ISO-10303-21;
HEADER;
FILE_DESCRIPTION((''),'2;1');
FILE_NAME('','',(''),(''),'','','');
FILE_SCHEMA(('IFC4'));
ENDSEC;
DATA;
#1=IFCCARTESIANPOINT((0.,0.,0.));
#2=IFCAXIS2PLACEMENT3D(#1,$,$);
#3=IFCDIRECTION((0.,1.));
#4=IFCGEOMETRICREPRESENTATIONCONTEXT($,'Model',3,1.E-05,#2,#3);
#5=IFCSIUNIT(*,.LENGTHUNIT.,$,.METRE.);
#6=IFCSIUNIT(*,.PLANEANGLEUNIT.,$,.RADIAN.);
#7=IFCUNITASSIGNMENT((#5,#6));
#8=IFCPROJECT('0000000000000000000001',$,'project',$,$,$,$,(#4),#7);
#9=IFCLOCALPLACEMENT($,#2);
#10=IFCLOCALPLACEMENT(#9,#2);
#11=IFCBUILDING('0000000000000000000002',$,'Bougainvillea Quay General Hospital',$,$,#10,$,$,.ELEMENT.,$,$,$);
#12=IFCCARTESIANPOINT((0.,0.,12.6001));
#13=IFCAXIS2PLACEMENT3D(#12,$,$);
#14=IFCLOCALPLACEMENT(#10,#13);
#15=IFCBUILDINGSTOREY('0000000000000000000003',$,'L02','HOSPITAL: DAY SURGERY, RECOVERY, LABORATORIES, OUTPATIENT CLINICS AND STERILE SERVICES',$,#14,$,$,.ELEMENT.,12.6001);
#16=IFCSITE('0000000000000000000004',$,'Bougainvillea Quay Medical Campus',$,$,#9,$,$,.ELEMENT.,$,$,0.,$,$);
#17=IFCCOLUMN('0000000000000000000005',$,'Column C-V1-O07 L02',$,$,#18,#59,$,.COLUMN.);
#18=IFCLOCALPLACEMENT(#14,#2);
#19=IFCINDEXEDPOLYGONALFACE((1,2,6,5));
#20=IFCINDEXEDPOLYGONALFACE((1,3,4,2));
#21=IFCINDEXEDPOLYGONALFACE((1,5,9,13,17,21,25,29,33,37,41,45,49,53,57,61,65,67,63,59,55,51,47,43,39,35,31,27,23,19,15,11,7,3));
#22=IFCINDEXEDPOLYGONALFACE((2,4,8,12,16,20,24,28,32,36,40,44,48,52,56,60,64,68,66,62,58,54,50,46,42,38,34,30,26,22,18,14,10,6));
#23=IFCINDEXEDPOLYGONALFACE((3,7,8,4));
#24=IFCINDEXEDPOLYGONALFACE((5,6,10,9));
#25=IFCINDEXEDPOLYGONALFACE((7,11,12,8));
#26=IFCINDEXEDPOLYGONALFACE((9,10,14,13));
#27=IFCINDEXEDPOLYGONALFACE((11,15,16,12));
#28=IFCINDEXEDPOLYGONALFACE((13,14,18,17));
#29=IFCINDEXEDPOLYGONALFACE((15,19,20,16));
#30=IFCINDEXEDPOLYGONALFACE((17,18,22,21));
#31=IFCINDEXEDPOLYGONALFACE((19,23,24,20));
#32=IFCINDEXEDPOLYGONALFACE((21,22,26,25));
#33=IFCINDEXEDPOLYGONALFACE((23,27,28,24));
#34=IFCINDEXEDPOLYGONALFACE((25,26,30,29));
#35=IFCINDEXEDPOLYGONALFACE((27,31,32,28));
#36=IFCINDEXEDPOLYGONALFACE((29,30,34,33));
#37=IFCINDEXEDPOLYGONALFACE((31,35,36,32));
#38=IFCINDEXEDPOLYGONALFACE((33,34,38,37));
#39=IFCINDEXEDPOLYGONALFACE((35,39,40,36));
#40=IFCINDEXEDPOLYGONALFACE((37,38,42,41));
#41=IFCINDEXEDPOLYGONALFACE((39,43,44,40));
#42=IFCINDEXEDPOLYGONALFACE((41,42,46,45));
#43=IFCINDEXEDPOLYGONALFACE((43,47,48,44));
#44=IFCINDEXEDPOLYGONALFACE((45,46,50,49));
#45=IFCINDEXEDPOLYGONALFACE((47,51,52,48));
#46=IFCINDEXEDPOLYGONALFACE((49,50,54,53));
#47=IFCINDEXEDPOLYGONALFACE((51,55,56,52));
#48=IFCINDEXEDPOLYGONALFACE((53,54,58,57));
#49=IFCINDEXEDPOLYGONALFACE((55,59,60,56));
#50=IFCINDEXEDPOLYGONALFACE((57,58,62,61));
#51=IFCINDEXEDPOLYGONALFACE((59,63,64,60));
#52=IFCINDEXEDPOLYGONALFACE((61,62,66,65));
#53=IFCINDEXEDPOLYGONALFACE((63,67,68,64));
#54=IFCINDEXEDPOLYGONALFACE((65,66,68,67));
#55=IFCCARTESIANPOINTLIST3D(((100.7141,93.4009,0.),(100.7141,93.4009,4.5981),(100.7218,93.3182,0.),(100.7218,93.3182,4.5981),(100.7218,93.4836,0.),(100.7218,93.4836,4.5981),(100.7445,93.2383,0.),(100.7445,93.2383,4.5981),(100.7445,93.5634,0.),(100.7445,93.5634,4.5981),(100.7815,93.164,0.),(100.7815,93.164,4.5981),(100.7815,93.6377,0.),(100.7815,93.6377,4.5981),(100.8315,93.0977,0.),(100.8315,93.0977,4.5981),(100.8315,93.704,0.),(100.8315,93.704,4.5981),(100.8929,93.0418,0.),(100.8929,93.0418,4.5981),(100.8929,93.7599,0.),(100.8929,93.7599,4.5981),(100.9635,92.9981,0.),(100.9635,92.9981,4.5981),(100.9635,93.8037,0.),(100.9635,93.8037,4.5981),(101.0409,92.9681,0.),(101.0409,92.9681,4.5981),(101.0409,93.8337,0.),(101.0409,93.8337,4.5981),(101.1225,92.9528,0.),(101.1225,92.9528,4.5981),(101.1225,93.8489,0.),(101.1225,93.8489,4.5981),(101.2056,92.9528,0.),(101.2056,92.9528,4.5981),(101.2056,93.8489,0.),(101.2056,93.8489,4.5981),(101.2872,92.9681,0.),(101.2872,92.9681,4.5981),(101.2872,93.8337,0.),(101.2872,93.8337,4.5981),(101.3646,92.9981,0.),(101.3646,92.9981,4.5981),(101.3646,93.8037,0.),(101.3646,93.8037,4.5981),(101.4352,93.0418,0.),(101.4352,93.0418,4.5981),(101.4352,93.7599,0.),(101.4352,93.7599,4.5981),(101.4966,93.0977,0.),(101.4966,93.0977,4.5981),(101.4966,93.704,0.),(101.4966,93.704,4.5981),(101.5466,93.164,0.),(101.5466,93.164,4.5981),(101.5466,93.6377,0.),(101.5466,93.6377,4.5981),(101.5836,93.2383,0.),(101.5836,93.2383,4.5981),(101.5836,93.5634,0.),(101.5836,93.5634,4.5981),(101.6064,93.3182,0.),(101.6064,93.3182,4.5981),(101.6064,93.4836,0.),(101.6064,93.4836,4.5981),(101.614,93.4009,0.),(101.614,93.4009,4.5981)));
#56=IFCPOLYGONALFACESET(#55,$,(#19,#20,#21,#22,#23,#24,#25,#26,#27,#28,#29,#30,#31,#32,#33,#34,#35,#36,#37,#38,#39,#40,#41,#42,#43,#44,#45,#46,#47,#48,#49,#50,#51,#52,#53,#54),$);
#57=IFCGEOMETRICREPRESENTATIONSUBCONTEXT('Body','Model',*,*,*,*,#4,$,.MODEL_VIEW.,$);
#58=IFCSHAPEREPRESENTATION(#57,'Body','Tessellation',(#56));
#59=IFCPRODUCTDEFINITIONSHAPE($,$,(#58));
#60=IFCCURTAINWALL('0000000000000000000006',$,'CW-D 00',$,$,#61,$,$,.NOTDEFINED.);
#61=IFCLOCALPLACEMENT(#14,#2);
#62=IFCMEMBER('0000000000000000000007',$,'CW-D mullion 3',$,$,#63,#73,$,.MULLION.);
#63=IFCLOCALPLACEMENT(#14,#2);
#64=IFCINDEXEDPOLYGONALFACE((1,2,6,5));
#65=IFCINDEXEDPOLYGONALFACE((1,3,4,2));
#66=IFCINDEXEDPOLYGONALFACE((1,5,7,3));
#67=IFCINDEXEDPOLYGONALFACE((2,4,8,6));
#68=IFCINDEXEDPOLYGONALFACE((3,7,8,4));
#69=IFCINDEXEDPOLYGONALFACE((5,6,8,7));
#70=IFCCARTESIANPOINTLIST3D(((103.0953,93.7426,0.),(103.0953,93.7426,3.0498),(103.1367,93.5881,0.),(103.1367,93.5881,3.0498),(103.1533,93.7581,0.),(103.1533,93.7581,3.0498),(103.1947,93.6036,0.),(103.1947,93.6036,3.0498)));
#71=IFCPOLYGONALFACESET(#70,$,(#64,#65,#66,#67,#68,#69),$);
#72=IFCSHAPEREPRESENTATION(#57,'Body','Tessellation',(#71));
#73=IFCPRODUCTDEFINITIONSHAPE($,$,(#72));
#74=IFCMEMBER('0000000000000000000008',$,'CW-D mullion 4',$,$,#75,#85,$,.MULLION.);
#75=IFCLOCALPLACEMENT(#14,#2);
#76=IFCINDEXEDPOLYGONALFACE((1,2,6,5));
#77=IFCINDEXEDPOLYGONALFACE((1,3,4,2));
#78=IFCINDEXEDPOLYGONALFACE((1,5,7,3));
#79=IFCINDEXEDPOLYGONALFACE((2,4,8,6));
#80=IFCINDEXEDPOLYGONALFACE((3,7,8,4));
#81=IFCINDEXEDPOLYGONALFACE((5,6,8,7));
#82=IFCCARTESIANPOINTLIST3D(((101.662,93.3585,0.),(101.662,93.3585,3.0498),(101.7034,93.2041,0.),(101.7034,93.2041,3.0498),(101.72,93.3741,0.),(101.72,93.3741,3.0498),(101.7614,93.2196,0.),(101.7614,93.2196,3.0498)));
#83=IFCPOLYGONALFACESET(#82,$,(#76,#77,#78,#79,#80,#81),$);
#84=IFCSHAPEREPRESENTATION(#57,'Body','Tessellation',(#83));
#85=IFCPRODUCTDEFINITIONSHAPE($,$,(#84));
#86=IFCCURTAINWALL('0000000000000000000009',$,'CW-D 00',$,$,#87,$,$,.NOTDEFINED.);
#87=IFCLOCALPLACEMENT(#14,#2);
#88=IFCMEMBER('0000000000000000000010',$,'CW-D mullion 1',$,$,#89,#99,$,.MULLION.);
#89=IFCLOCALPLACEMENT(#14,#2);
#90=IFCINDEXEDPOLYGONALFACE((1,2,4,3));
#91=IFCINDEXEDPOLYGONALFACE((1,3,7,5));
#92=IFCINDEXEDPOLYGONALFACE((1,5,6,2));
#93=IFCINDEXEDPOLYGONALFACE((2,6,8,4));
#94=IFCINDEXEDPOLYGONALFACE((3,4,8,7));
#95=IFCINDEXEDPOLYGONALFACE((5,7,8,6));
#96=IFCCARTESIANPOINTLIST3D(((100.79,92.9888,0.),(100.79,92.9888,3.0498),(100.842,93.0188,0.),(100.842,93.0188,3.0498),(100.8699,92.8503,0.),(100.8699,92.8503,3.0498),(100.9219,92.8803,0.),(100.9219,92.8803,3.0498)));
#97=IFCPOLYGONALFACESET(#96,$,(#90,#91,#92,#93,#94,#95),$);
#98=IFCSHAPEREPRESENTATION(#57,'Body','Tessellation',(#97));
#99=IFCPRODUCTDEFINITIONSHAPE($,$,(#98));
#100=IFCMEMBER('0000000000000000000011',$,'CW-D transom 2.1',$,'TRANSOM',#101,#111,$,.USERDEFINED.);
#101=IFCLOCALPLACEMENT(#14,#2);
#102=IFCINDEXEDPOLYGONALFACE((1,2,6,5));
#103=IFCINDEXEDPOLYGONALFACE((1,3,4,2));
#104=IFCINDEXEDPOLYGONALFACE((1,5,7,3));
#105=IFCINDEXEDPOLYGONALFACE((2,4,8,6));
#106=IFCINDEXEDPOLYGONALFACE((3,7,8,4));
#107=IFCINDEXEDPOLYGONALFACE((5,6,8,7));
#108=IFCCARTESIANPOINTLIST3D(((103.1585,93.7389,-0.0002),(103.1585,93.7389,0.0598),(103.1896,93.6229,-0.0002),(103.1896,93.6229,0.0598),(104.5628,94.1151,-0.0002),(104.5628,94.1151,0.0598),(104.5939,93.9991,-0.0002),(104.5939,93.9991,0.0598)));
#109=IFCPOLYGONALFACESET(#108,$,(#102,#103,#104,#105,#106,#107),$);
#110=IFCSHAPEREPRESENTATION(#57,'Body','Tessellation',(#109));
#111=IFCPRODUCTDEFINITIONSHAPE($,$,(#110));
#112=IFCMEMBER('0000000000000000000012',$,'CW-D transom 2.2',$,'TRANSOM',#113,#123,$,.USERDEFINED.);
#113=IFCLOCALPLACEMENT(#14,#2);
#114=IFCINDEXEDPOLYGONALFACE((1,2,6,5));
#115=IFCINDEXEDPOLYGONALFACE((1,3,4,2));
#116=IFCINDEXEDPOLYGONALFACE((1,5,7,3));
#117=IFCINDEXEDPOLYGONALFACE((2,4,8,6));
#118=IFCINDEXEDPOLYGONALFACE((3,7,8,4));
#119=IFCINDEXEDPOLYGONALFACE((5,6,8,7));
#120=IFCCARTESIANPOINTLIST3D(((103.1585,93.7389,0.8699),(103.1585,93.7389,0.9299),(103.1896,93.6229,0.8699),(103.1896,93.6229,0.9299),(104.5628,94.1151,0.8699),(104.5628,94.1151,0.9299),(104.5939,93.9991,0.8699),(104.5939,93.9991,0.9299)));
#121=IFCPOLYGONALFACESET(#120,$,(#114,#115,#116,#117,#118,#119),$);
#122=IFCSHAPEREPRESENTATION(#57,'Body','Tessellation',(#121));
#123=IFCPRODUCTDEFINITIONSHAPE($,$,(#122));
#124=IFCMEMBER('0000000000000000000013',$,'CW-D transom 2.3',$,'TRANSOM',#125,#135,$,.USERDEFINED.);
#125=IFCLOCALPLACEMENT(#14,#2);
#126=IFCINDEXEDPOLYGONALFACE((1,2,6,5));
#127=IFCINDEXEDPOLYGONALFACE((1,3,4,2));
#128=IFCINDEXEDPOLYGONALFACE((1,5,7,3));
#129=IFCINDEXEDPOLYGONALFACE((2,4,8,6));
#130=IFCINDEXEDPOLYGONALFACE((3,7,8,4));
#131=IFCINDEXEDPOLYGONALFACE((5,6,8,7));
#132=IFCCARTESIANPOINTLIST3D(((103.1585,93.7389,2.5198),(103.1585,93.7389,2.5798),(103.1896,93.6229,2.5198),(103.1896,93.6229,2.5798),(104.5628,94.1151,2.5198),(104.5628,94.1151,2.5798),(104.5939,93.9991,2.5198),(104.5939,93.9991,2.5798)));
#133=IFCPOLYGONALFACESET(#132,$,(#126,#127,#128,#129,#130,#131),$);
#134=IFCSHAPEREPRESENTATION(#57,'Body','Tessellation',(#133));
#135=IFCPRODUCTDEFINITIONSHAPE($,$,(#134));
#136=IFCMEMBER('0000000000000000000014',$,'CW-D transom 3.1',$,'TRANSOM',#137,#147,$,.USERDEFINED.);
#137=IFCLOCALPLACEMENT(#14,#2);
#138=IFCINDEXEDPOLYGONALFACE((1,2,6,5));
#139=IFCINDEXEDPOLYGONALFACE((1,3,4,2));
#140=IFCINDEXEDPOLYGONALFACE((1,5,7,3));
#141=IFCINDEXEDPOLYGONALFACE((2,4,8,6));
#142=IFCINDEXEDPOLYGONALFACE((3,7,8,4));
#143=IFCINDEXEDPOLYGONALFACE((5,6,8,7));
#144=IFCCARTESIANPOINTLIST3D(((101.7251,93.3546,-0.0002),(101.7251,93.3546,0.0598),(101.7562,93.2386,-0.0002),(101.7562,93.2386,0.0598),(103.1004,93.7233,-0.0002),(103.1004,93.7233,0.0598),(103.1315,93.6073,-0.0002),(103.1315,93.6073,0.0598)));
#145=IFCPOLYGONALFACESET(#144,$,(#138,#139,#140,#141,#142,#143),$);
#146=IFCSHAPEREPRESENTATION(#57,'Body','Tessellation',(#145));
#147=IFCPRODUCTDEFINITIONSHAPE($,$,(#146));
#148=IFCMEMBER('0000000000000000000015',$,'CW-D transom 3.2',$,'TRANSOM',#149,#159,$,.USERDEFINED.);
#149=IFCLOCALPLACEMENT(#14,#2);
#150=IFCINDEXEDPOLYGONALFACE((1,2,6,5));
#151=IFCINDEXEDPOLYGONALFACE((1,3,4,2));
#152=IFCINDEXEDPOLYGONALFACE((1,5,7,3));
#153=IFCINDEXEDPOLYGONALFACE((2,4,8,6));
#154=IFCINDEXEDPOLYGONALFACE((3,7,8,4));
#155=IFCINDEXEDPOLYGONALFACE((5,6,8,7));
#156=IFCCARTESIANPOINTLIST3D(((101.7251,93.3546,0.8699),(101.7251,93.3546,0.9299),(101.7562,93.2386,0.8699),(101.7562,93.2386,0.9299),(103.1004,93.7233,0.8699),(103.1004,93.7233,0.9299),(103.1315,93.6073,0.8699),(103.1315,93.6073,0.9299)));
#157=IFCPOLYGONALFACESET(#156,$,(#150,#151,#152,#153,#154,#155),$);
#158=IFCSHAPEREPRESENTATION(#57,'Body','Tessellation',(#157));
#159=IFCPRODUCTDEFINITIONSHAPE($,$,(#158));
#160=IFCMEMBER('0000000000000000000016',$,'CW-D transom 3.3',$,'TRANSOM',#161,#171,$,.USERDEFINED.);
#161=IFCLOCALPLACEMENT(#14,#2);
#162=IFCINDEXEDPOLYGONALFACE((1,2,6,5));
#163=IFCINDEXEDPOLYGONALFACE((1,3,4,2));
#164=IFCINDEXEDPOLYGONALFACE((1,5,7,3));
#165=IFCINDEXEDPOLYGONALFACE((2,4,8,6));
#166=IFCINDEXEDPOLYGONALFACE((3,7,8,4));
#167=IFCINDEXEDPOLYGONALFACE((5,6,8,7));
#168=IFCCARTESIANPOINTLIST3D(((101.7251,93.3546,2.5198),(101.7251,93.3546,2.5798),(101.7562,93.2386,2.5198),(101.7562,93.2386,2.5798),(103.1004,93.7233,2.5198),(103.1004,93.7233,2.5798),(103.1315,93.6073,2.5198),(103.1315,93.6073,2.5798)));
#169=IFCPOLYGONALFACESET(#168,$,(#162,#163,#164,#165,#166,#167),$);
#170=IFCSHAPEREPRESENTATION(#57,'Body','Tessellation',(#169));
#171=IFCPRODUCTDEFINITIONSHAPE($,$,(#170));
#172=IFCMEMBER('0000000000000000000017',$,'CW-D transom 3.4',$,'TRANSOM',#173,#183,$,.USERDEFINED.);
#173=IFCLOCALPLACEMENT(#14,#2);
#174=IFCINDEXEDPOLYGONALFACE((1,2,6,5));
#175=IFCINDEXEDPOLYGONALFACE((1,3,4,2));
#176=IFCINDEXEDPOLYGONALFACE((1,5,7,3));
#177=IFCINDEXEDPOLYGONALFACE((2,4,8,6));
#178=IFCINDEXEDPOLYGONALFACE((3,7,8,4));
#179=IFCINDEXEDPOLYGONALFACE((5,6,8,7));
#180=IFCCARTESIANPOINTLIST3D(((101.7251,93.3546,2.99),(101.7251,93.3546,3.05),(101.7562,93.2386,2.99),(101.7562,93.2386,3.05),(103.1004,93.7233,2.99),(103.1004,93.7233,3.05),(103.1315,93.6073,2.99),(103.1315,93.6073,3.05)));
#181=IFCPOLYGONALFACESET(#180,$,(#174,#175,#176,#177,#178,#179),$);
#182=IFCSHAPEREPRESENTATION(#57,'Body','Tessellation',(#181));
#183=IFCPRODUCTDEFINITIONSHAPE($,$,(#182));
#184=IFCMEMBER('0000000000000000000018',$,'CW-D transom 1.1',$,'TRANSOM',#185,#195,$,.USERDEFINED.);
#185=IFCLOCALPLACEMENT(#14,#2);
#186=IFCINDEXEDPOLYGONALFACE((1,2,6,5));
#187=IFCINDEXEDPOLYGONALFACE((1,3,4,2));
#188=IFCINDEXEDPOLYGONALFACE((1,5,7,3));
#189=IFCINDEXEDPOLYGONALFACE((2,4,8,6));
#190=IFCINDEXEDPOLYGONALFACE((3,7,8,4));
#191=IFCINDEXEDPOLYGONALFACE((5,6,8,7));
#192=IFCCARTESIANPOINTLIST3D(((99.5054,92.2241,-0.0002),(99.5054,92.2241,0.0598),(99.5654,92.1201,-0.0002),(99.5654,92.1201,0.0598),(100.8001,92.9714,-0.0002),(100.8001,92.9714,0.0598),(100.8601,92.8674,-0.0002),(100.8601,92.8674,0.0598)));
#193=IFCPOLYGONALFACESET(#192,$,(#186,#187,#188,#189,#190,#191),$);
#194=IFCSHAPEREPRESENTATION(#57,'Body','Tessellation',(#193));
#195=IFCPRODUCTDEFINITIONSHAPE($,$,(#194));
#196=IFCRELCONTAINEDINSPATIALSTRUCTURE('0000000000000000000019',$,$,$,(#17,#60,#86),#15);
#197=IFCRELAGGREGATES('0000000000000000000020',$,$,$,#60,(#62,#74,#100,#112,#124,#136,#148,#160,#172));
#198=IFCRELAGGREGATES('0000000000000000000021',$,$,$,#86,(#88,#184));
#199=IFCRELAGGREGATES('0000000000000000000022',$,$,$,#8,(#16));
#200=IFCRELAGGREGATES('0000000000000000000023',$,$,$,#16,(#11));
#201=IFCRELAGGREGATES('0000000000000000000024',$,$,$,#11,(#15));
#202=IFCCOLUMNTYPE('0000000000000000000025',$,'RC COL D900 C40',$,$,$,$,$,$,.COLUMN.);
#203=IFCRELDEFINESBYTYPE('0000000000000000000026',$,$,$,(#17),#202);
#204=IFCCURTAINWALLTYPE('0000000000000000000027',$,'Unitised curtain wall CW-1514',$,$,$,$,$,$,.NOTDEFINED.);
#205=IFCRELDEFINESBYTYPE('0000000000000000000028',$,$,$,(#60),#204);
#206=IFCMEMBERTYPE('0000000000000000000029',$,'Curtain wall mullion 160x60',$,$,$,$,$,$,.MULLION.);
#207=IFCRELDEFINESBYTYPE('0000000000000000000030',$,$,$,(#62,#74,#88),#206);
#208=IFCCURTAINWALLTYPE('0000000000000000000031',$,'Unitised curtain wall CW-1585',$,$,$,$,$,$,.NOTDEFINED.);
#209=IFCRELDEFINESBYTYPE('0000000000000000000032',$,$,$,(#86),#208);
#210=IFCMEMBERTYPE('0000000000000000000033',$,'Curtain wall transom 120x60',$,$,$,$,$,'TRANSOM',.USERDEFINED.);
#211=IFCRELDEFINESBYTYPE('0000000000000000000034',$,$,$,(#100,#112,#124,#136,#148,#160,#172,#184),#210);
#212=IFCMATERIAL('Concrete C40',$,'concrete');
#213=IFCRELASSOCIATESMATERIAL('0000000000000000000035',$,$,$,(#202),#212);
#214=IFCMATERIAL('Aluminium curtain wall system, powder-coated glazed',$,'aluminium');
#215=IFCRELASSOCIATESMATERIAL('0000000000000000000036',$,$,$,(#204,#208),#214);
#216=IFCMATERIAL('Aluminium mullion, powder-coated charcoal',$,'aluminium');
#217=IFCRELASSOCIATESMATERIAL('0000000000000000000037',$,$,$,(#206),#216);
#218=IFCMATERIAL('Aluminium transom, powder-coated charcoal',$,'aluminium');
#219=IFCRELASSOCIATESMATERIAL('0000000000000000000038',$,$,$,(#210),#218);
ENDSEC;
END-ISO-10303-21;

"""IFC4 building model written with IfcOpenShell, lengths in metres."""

from ifc_helpers import new_model, si_unit, direction, frame, origin, origin_2d, place, context, subcontext, project, spatial, rectangle, circle, extrude, material, material_profile, profile_set, type_object, element, aggregate, save


model = new_model("IFC4")

# Units and contexts
model_context = context("Model", 3, precision=1e-05, world=origin(), true_north=direction((0.0, 1.0)))
body_context = subcontext(model_context, "Body", "Model", "MODEL_VIEW")
ifc_project = project(units=[si_unit("LENGTHUNIT", "METRE"), si_unit("PLANEANGLEUNIT", "RADIAN")], contexts=[model_context])

# Site, building, storey
site_placement = place(None, origin())
site = spatial("IfcSite", under=ifc_project, at=site_placement, Name="Bougainvillea Quay Medical Campus", CompositionType="ELEMENT", RefElevation=0.0)
building_placement = place(site_placement, origin())
building = spatial("IfcBuilding", under=site, at=building_placement, Name="Bougainvillea Quay General Hospital", CompositionType="ELEMENT")
storey_placement = place(building_placement, frame((0.0, 0.0, 12.6001)))
storey = spatial("IfcBuildingStorey", under=building, at=storey_placement, Name="L02", Description="HOSPITAL: DAY SURGERY, RECOVERY, LABORATORIES, OUTPATIENT CLINICS AND STERILE SERVICES", CompositionType="ELEMENT", Elevation=12.6001)

# Column
ifc_material_1 = material(Name="Concrete C40", Category="concrete")
ifc_material_profile_1 = material_profile(ifc_material_1, circle(Radius=0.45, at=origin_2d()))
ifc_profile_set_1 = profile_set([ifc_material_profile_1], Name="Concrete C40")
column_type = type_object("IfcColumnType", Name="RC COL D900 C40", PredefinedType="COLUMN", material=ifc_profile_set_1)
column_placement = place(storey_placement, frame((101.1641, 93.4009, 0.0), z_axis=(0.0, 0.0, 1.0), x_axis=(1.0, 0.0, 0.0)))
element("IfcColumn", 1, at=column_placement, inside=storey, type_object=column_type, Name="Column C-V1-O07 L02", PredefinedType="COLUMN", context=body_context, shape_type="SweptSolid", body=[
    extrude(circle(Radius=0.45, at=origin_2d()), origin(), (0.0, 0.0, 1.0), 4.5981),
])

# Curtain wall, members
ifc_material_2 = material(Name="Aluminium curtain wall system, powder-coated glazed", Category="aluminium")
curtain_wall_type_1 = type_object("IfcCurtainWallType", Name="Unitised curtain wall CW-1514", PredefinedType="NOTDEFINED", material=ifc_material_2)
curtain_wall_1_placement = place(storey_placement, origin())
curtain_wall_1 = element("IfcCurtainWall", 2, at=curtain_wall_1_placement, inside=storey, type_object=curtain_wall_type_1, Name="CW-D 00", PredefinedType="NOTDEFINED")
ifc_material_3 = material(Name="Aluminium mullion, powder-coated charcoal", Category="aluminium")
ifc_material_profile_2 = material_profile(ifc_material_3, rectangle(XDim=0.1599, YDim=0.0601, at=origin_2d()))
ifc_profile_set_2 = profile_set([ifc_material_profile_2], Name="Aluminium mullion, powder-coated charcoal")
member_type_1 = type_object("IfcMemberType", Name="Curtain wall mullion 160x60", PredefinedType="MULLION", material=ifc_profile_set_2)
member_1_placement = place(storey_placement, frame((103.145, 93.6731, 0.0), z_axis=(0.0, 0.0, 1.0), x_axis=(0.258855, -0.965916, 0.0)))
member_1 = element("IfcMember", 3, at=member_1_placement, type_object=member_type_1, Name="CW-D mullion 3", PredefinedType="MULLION", context=body_context, shape_type="SweptSolid", body=[
    extrude(rectangle(XDim=0.1599, YDim=0.0601, at=origin_2d()), origin(), (0.0, 0.0, 1.0), 3.0498),
])
member_2_placement = place(storey_placement, frame((101.7117, 93.2891, 0.0), z_axis=(0.0, 0.0, 1.0), x_axis=(0.258855, -0.965916, 0.0)))
member_2 = element("IfcMember", 4, at=member_2_placement, type_object=member_type_1, Name="CW-D mullion 4", PredefinedType="MULLION", context=body_context, shape_type="SweptSolid", body=[
    extrude(rectangle(XDim=0.1599, YDim=0.0601, at=origin_2d()), origin(), (0.0, 0.0, 1.0), 3.0498),
])

# Curtain wall, member
curtain_wall_type_2 = type_object("IfcCurtainWallType", Name="Unitised curtain wall CW-1585", PredefinedType="NOTDEFINED", material=ifc_material_2)
curtain_wall_2_placement = place(storey_placement, origin())
curtain_wall_2 = element("IfcCurtainWall", 5, at=curtain_wall_2_placement, inside=storey, type_object=curtain_wall_type_2, Name="CW-D 00", PredefinedType="NOTDEFINED")
member_3_placement = place(storey_placement, frame((100.856, 92.9346, 0.0), z_axis=(0.0, 0.0, 1.0), x_axis=(0.499965, -0.866046, 0.0)))
member_3 = element("IfcMember", 6, at=member_3_placement, type_object=member_type_1, Name="CW-D mullion 1", PredefinedType="MULLION", context=body_context, shape_type="SweptSolid", body=[
    extrude(rectangle(XDim=0.1599, YDim=0.0601, at=origin_2d()), origin(), (0.0, 0.0, 1.0), 3.0498),
])

# Members
ifc_material_4 = material(Name="Aluminium transom, powder-coated charcoal", Category="aluminium")
ifc_material_profile_3 = material_profile(ifc_material_4, rectangle(XDim=0.1201, YDim=0.0601, at=origin_2d()))
ifc_profile_set_3 = profile_set([ifc_material_profile_3], Name="Aluminium transom, powder-coated charcoal")
member_type_2 = type_object("IfcMemberType", Name="Curtain wall transom 120x60", ElementType="TRANSOM", PredefinedType="USERDEFINED", material=ifc_profile_set_3)
member_4_placement = place(storey_placement, frame((104.5784, 94.0571, 0.0298), z_axis=(-0.965936, -0.258781, 0.0), x_axis=(0.258781, -0.965936, 0.0)))
member_4 = element("IfcMember", 7, at=member_4_placement, type_object=member_type_2, Name="CW-D transom 2.1", ObjectType="TRANSOM", PredefinedType="USERDEFINED", context=body_context, shape_type="SweptSolid", body=[
    extrude(rectangle(XDim=0.1201, YDim=0.0601, at=origin_2d()), origin(), (0.0, 0.0, 1.0), 1.4539),
])
member_5_placement = place(storey_placement, frame((104.5784, 94.0571, 0.8999), z_axis=(-0.965936, -0.258781, 0.0), x_axis=(0.258781, -0.965936, 0.0)))
member_5 = element("IfcMember", 8, at=member_5_placement, type_object=member_type_2, Name="CW-D transom 2.2", ObjectType="TRANSOM", PredefinedType="USERDEFINED", context=body_context, shape_type="SweptSolid", body=[
    extrude(rectangle(XDim=0.1201, YDim=0.0601, at=origin_2d()), origin(), (0.0, 0.0, 1.0), 1.4539),
])
member_6_placement = place(storey_placement, frame((104.5784, 94.0571, 2.5498), z_axis=(-0.965936, -0.258781, 0.0), x_axis=(0.258781, -0.965936, 0.0)))
member_6 = element("IfcMember", 9, at=member_6_placement, type_object=member_type_2, Name="CW-D transom 2.3", ObjectType="TRANSOM", PredefinedType="USERDEFINED", context=body_context, shape_type="SweptSolid", body=[
    extrude(rectangle(XDim=0.1201, YDim=0.0601, at=origin_2d()), origin(), (0.0, 0.0, 1.0), 1.4539),
])
member_7_placement = place(storey_placement, frame((103.116, 93.6653, 0.0298), z_axis=(-0.965898, -0.258922, 0.0), x_axis=(0.258922, -0.965898, 0.0)))
member_7 = element("IfcMember", 10, at=member_7_placement, type_object=member_type_2, Name="CW-D transom 3.1", ObjectType="TRANSOM", PredefinedType="USERDEFINED", context=body_context, shape_type="SweptSolid", body=[
    extrude(rectangle(XDim=0.1201, YDim=0.0601, at=origin_2d()), origin(), (0.0, 0.0, 1.0), 1.4238),
])
member_8_placement = place(storey_placement, frame((103.116, 93.6653, 0.8999), z_axis=(-0.965898, -0.258922, 0.0), x_axis=(0.258922, -0.965898, 0.0)))
member_8 = element("IfcMember", 11, at=member_8_placement, type_object=member_type_2, Name="CW-D transom 3.2", ObjectType="TRANSOM", PredefinedType="USERDEFINED", context=body_context, shape_type="SweptSolid", body=[
    extrude(rectangle(XDim=0.1201, YDim=0.0601, at=origin_2d()), origin(), (0.0, 0.0, 1.0), 1.4238),
])
member_9_placement = place(storey_placement, frame((103.116, 93.6653, 2.5498), z_axis=(-0.965898, -0.258922, 0.0), x_axis=(0.258922, -0.965898, 0.0)))
member_9 = element("IfcMember", 12, at=member_9_placement, type_object=member_type_2, Name="CW-D transom 3.3", ObjectType="TRANSOM", PredefinedType="USERDEFINED", context=body_context, shape_type="SweptSolid", body=[
    extrude(rectangle(XDim=0.1201, YDim=0.0601, at=origin_2d()), origin(), (0.0, 0.0, 1.0), 1.4238),
])
member_10_placement = place(storey_placement, frame((103.116, 93.6653, 3.02), z_axis=(-0.965898, -0.258922, 0.0), x_axis=(0.258922, -0.965898, 0.0)))
member_10 = element("IfcMember", 13, at=member_10_placement, type_object=member_type_2, Name="CW-D transom 3.4", ObjectType="TRANSOM", PredefinedType="USERDEFINED", context=body_context, shape_type="SweptSolid", body=[
    extrude(rectangle(XDim=0.1201, YDim=0.0601, at=origin_2d()), origin(), (0.0, 0.0, 1.0), 1.4238),
])
member_11_placement = place(storey_placement, frame((100.8301, 92.9194, 0.0298), z_axis=(-0.866074, -0.499916, 0.0), x_axis=(0.499916, -0.866074, 0.0)))
member_11 = element("IfcMember", 14, at=member_11_placement, type_object=member_type_2, Name="CW-D transom 1.1", ObjectType="TRANSOM", PredefinedType="USERDEFINED", context=body_context, shape_type="SweptSolid", body=[
    extrude(rectangle(XDim=0.1201, YDim=0.0601, at=origin_2d()), origin(), (0.0, 0.0, 1.0), 1.4949),
])

aggregate(curtain_wall_1, [member_1, member_2, member_4, member_5, member_6, member_7, member_8, member_9, member_10])
aggregate(curtain_wall_2, [member_3, member_11])

save(model, "model.ifc")
